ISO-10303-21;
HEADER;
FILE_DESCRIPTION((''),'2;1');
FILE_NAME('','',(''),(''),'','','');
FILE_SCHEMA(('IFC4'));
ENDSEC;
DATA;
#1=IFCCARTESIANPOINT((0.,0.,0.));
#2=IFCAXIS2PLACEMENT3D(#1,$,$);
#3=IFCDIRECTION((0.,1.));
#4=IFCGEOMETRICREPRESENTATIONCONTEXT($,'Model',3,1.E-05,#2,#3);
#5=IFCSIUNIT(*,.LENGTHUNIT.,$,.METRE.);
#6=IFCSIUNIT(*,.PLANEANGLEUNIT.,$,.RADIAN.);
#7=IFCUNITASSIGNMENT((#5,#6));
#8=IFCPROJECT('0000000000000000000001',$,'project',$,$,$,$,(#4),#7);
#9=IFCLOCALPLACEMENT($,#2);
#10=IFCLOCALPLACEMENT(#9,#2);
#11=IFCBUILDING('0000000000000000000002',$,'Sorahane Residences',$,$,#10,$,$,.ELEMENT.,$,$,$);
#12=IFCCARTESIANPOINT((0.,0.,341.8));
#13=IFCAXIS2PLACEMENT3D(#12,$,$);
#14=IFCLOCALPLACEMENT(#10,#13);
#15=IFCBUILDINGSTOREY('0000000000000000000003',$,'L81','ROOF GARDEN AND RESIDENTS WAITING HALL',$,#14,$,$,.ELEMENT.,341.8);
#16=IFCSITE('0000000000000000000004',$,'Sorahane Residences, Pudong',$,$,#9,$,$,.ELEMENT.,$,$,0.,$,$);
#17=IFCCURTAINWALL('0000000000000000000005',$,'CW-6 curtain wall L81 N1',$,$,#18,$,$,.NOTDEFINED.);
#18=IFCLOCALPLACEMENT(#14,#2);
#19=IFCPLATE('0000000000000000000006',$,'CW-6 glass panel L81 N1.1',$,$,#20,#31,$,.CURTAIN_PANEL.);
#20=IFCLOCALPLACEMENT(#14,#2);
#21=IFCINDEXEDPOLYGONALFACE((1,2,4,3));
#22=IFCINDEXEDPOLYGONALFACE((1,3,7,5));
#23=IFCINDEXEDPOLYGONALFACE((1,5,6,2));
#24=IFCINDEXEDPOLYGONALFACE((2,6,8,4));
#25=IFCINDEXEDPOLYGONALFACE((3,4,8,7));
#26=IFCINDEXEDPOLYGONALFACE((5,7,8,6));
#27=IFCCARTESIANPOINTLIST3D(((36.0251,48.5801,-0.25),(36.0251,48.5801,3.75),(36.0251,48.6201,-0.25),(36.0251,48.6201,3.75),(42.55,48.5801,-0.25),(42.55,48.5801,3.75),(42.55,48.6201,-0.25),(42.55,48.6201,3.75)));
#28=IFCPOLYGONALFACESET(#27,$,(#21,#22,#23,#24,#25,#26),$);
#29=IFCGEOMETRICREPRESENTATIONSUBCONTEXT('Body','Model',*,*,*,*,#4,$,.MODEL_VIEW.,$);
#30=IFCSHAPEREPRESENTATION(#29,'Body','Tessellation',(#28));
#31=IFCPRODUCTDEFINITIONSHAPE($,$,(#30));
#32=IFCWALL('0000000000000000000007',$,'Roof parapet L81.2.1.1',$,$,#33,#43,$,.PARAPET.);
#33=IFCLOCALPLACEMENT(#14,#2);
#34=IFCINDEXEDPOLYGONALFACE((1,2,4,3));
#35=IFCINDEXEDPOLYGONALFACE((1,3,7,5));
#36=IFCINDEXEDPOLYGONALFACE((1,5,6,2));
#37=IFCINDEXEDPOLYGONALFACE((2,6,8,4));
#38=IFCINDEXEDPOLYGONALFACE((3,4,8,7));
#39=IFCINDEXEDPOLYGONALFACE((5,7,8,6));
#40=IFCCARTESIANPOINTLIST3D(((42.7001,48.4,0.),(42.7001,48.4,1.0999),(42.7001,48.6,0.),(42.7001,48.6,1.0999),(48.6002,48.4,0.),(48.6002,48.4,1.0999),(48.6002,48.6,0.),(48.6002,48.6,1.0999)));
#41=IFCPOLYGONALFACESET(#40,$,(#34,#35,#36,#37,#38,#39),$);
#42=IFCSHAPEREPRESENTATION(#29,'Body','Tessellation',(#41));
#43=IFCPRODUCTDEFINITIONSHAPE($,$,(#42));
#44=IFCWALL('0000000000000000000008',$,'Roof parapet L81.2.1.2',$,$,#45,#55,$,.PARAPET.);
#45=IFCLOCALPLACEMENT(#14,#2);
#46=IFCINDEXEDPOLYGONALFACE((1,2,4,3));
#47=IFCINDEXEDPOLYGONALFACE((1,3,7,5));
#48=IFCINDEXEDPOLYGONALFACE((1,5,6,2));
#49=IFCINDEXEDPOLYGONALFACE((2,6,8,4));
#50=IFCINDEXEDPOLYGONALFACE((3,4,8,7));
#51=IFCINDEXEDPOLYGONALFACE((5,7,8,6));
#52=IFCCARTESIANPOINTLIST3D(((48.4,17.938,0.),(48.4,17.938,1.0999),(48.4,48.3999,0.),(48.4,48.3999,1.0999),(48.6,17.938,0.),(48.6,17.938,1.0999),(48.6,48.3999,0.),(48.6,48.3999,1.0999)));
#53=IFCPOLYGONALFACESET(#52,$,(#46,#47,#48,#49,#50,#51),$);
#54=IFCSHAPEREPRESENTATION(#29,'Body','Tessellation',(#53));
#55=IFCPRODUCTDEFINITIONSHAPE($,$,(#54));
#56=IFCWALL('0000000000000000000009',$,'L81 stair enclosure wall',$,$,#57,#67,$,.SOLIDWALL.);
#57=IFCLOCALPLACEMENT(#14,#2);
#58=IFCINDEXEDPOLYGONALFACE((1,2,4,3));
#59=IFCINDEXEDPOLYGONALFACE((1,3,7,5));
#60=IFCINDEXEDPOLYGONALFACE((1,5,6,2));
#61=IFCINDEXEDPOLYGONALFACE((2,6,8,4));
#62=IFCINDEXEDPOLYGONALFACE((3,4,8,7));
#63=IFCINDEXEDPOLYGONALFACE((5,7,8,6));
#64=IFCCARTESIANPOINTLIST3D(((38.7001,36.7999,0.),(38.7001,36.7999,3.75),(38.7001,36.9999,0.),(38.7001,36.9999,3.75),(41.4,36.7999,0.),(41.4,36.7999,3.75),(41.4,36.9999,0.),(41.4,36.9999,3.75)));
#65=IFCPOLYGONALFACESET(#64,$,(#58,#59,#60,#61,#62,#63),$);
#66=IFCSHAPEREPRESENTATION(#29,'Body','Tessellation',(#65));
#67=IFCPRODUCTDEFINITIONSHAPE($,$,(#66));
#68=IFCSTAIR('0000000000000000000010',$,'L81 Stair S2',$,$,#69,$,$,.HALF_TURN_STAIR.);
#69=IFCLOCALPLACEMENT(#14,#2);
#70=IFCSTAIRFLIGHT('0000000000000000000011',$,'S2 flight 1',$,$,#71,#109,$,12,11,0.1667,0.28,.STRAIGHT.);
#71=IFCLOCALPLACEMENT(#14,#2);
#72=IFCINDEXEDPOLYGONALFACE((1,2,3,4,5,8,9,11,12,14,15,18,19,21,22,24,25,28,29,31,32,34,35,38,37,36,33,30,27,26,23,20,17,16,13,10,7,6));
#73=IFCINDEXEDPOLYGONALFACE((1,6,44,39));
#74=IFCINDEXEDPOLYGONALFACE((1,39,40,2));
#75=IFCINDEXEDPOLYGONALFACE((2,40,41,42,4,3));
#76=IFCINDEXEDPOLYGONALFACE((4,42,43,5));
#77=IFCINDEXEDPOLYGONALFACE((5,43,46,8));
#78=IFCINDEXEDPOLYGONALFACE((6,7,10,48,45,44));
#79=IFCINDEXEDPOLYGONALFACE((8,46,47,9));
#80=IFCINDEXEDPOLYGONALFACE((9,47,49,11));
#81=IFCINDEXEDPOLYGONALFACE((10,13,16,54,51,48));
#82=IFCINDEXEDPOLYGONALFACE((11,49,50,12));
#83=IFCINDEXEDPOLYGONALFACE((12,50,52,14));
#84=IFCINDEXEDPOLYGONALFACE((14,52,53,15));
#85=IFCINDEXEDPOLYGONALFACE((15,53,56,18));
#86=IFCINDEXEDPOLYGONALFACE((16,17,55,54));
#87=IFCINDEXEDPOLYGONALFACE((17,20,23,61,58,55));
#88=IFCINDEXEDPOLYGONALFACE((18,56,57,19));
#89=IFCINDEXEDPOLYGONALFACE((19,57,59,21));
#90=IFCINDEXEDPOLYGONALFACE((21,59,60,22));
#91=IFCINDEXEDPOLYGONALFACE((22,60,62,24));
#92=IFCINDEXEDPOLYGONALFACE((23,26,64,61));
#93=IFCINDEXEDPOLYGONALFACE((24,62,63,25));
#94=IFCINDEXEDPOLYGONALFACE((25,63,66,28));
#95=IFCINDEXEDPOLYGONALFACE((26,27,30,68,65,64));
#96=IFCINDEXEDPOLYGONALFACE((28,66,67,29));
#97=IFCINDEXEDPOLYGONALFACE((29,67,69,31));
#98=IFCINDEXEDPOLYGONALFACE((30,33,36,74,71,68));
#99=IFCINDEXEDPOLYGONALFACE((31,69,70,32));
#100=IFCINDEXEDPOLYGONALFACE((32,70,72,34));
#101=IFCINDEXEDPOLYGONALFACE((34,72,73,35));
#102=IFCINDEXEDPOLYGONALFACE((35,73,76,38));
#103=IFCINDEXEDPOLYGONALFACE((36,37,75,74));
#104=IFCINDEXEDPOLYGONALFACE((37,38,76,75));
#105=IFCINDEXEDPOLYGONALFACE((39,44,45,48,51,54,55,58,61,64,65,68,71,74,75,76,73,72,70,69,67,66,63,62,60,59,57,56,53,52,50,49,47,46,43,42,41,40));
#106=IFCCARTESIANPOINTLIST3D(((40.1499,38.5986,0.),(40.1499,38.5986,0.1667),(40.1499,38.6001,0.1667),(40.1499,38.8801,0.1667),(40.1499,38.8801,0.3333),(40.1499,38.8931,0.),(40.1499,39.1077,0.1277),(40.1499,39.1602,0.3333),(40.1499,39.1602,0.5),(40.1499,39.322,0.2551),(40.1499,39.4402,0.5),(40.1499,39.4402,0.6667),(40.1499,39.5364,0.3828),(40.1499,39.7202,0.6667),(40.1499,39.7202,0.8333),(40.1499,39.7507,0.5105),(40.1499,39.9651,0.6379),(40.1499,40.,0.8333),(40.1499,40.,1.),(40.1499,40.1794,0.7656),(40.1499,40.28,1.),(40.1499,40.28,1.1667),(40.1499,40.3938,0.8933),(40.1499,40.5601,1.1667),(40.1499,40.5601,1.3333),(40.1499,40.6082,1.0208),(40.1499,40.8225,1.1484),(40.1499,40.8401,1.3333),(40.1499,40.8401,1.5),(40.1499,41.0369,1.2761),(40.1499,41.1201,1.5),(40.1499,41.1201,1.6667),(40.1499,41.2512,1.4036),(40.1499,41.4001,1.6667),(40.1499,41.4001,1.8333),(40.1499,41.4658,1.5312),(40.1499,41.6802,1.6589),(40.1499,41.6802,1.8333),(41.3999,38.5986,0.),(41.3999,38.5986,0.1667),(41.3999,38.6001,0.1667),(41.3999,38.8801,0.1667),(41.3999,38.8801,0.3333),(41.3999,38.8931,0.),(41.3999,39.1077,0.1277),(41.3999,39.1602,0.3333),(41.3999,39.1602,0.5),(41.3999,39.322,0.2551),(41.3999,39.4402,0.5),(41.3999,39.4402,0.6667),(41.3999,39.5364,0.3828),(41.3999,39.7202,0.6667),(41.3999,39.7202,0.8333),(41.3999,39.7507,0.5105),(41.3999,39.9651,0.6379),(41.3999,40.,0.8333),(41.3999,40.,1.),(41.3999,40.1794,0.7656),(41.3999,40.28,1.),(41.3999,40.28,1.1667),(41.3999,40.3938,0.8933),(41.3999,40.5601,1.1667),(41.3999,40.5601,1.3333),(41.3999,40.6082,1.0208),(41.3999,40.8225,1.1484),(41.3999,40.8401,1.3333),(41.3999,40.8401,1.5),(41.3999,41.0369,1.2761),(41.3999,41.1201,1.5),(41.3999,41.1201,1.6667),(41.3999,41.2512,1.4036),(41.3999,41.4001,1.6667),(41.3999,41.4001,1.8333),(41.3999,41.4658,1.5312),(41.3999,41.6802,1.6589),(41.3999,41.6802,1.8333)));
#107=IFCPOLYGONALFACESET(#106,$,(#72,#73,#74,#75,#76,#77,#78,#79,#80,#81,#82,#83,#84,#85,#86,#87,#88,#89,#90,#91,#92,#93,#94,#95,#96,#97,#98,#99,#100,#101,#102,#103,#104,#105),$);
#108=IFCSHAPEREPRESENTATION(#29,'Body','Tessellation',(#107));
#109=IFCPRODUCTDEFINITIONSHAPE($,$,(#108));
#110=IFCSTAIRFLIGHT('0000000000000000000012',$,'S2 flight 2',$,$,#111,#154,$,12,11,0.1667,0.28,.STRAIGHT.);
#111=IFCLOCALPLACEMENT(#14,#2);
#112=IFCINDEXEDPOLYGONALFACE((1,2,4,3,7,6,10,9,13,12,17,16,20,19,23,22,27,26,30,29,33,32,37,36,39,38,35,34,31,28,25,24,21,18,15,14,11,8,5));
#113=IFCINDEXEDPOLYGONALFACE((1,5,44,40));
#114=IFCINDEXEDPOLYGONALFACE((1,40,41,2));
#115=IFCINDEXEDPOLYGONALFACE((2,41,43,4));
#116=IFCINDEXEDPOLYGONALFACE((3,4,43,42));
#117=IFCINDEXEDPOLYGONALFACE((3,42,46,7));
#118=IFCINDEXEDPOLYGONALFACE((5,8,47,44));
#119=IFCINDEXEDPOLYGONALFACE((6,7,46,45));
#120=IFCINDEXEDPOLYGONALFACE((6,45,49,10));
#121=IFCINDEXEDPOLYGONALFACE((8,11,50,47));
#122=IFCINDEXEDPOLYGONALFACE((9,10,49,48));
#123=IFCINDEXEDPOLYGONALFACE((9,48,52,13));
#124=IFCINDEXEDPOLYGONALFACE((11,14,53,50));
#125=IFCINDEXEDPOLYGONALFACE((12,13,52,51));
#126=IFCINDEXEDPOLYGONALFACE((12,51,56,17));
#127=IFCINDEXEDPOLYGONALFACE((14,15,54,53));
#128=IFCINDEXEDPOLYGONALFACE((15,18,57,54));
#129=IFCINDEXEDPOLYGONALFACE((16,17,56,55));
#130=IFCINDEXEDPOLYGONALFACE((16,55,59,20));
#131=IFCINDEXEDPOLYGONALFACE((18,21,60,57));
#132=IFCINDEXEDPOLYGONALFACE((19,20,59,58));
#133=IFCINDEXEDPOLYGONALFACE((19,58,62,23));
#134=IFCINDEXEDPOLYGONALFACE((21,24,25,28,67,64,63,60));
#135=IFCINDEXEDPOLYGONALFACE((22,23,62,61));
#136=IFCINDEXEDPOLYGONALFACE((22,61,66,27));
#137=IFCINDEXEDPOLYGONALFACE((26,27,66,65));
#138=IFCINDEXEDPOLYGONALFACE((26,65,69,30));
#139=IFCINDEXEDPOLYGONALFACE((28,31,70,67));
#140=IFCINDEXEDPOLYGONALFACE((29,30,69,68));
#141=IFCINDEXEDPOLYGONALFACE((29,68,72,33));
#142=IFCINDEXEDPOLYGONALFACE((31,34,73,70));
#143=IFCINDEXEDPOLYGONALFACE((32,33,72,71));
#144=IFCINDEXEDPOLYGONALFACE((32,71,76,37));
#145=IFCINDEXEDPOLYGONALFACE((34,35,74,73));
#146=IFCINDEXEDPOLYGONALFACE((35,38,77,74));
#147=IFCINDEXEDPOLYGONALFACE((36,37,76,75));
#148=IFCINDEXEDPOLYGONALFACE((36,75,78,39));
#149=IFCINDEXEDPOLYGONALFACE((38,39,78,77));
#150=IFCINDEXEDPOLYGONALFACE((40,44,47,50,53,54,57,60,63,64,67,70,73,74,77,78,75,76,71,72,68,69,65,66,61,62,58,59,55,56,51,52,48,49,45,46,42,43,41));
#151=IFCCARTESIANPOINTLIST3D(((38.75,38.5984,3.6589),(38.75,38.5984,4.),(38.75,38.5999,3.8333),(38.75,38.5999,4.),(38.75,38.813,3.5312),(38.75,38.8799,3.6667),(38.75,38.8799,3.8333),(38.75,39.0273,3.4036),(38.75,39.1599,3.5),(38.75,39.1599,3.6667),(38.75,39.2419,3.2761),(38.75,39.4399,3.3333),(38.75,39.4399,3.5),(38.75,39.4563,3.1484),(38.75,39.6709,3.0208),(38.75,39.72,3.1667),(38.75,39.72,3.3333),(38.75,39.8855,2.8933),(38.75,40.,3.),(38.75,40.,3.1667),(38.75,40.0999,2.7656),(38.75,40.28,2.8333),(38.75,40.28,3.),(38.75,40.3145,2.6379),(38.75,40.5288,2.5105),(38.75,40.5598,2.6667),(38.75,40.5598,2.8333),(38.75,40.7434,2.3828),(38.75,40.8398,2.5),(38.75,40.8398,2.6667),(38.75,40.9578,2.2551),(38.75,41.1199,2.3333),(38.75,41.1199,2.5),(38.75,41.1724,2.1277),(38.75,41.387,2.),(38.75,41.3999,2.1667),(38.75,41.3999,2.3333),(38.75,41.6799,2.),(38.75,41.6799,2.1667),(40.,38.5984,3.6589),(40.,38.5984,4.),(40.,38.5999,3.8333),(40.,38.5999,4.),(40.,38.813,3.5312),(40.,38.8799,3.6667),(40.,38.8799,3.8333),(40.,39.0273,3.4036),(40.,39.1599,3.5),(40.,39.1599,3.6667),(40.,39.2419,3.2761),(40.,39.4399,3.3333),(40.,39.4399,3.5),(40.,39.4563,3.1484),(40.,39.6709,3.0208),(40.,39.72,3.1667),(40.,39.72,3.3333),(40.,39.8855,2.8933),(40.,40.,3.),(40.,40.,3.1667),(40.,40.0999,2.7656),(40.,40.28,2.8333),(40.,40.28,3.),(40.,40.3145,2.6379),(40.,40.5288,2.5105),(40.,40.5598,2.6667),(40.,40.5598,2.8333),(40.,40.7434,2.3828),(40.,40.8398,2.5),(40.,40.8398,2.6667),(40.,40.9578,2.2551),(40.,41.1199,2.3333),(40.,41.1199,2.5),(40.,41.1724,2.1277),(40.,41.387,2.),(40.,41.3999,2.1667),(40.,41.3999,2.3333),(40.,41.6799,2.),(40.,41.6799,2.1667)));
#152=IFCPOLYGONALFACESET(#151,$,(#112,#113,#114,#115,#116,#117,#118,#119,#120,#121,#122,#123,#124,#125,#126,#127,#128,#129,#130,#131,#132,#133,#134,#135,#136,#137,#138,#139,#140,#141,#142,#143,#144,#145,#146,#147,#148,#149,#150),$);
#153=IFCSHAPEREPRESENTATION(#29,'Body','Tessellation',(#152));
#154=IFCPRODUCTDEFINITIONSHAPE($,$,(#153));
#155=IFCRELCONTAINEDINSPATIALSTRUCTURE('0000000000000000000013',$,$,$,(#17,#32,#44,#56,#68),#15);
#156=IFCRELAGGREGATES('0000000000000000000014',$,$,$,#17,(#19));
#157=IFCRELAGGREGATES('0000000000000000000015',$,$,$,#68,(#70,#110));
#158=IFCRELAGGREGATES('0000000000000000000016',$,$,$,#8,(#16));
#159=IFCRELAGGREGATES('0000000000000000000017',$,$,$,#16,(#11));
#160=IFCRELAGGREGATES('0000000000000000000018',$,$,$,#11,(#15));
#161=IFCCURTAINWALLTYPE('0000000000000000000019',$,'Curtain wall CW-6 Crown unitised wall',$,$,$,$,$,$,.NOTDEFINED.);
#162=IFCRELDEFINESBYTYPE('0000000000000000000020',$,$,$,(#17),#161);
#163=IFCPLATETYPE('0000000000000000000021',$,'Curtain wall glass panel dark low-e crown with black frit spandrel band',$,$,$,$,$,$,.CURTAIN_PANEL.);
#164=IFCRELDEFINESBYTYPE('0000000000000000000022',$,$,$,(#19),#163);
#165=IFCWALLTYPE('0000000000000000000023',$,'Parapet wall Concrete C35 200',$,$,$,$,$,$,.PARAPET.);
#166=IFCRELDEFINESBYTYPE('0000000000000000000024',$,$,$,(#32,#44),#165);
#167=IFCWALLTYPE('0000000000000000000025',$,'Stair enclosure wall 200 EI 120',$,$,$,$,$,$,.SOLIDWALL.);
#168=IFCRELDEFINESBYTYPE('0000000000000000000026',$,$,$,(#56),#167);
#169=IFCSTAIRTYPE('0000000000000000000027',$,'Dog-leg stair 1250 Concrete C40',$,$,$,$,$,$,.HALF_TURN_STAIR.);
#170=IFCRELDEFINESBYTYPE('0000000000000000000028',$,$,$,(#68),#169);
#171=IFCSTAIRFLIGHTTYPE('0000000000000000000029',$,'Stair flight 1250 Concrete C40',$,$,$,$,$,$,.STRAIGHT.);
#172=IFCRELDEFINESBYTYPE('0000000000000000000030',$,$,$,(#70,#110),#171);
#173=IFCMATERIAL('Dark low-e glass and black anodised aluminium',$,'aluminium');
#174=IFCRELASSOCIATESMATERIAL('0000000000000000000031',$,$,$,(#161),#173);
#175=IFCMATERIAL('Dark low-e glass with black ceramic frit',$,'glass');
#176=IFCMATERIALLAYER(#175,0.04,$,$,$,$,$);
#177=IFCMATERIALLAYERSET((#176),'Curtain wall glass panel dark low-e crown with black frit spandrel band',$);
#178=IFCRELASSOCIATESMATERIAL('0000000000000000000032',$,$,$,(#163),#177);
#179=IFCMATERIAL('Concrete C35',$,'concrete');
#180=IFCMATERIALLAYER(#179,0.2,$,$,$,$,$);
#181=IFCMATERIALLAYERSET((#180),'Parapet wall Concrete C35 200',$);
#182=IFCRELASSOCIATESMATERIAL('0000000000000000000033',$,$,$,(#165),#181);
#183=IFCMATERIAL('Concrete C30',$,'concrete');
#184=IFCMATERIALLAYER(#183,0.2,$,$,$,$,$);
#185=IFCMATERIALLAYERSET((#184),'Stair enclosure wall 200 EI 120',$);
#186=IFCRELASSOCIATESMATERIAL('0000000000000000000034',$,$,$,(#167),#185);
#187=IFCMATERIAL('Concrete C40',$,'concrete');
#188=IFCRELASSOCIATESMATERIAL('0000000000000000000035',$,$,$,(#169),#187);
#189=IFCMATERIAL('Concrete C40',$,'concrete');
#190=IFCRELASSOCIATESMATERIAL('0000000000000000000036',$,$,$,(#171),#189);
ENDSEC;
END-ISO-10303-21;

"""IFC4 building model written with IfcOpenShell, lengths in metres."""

from ifc_helpers import new_model, si_unit, direction, frame, frame_2d, origin, origin_2d, place, context, subcontext, project, spatial, polyline, rectangle, outline, extrude, material, layer, layer_set, type_object, element, aggregate, save


model = new_model("IFC4")

# Units and contexts
model_context = context("Model", 3, precision=1e-05, world=origin(), true_north=direction((0.0, 1.0)))
body_context = subcontext(model_context, "Body", "Model", "MODEL_VIEW")
ifc_project = project(units=[si_unit("LENGTHUNIT", "METRE"), si_unit("PLANEANGLEUNIT", "RADIAN")], contexts=[model_context])

# Site, building, storey
site_placement = place(None, origin())
site = spatial("IfcSite", under=ifc_project, at=site_placement, Name="Sorahane Residences, Pudong", CompositionType="ELEMENT", RefElevation=0.0)
building_placement = place(site_placement, origin())
building = spatial("IfcBuilding", under=site, at=building_placement, Name="Sorahane Residences", CompositionType="ELEMENT")
storey_placement = place(building_placement, frame((0.0, 0.0, 341.8)))
storey = spatial("IfcBuildingStorey", under=building, at=storey_placement, Name="L81", Description="ROOF GARDEN AND RESIDENTS WAITING HALL", CompositionType="ELEMENT", Elevation=341.8)

# Curtain wall
ifc_material_1 = material(Name="Dark low-e glass and black anodised aluminium", Category="aluminium")
curtain_wall_type = type_object("IfcCurtainWallType", Name="Curtain wall CW-6 Crown unitised wall", PredefinedType="NOTDEFINED", material=ifc_material_1)
curtain_wall_1_placement = place(storey_placement, origin())
curtain_wall_1 = element("IfcCurtainWall", 1, at=curtain_wall_1_placement, inside=storey, type_object=curtain_wall_type, Name="CW-6 curtain wall L81 N1", PredefinedType="NOTDEFINED")

# Plate
ifc_material_2 = material(Name="Dark low-e glass with black ceramic frit", Category="glass")
ifc_layer_1 = layer(ifc_material_2, 0.04)
ifc_layer_set_1 = layer_set([ifc_layer_1], Name="Curtain wall glass panel dark low-e crown with black frit spandrel band")
plate_type = type_object("IfcPlateType", Name="Curtain wall glass panel dark low-e crown with black frit spandrel band", PredefinedType="CURTAIN_PANEL", material=ifc_layer_set_1)
plate_1_placement = place(storey_placement, frame((39.2876, 48.6001, -0.25), z_axis=(0.0, 0.0, 1.0), x_axis=(-1.0, 0.0, 0.0)))
plate_1 = element("IfcPlate", 2, at=plate_1_placement, type_object=plate_type, Name="CW-6 glass panel L81 N1.1", PredefinedType="CURTAIN_PANEL", context=body_context, shape_type="SweptSolid", body=[
    extrude(rectangle(XDim=6.5249, YDim=0.04, at=origin_2d()), origin(), (0.0, 0.0, 1.0), 4.0),
])
aggregate(curtain_wall_1, [plate_1])

# Walls
ifc_material_3 = material(Name="Concrete C35", Category="concrete")
ifc_layer_2 = layer(ifc_material_3, 0.2)
ifc_layer_set_2 = layer_set([ifc_layer_2], Name="Parapet wall Concrete C35 200")
wall_type_1 = type_object("IfcWallType", Name="Parapet wall Concrete C35 200", PredefinedType="PARAPET", material=ifc_layer_set_2)
wall_1_placement = place(storey_placement, frame((42.7, 48.5, 0.0), z_axis=(0.0, 0.0, 1.0), x_axis=(1.0, 0.0, 0.0)))
element("IfcWall", 3, at=wall_1_placement, inside=storey, type_object=wall_type_1, Name="Roof parapet L81.2.1.1", PredefinedType="PARAPET", context=body_context, shape_type="SweptSolid", body=[
    extrude(rectangle(XDim=5.9001, YDim=0.2, at=frame_2d((2.9502, 0.0))), origin(), (0.0, 0.0, 1.0), 1.0999),
])
wall_2_placement = place(storey_placement, frame((48.5, 48.3999, 0.0), z_axis=(0.0, 0.0, 1.0), x_axis=(0.0, -1.0, 0.0)))
element("IfcWall", 4, at=wall_2_placement, inside=storey, type_object=wall_type_1, Name="Roof parapet L81.2.1.2", PredefinedType="PARAPET", context=body_context, shape_type="SweptSolid", body=[
    extrude(rectangle(XDim=30.4619, YDim=0.2, at=frame_2d((15.231, 0.0))), origin(), (0.0, 0.0, 1.0), 1.0999),
])
ifc_material_4 = material(Name="Concrete C30", Category="concrete")
ifc_layer_3 = layer(ifc_material_4, 0.2)
ifc_layer_set_3 = layer_set([ifc_layer_3], Name="Stair enclosure wall 200 EI 120")
wall_type_2 = type_object("IfcWallType", Name="Stair enclosure wall 200 EI 120", PredefinedType="SOLIDWALL", material=ifc_layer_set_3)
wall_3_placement = place(storey_placement, frame((38.7, 36.8999, 0.0), z_axis=(0.0, 0.0, 1.0), x_axis=(1.0, 0.0, 0.0)))
element("IfcWall", 5, at=wall_3_placement, inside=storey, type_object=wall_type_2, Name="L81 stair enclosure wall", PredefinedType="SOLIDWALL", context=body_context, shape_type="SweptSolid", body=[
    extrude(rectangle(XDim=2.7, YDim=0.2, at=frame_2d((1.3501, 0.0))), origin(), (0.0, 0.0, 1.0), 3.75),
])

# Stair, stair flights
ifc_material_5 = material(Name="Concrete C40", Category="concrete")
stair_type = type_object("IfcStairType", Name="Dog-leg stair 1250 Concrete C40", PredefinedType="HALF_TURN_STAIR", material=ifc_material_5)
stair_placement = place(storey_placement, origin())
stair = element("IfcStair", 6, at=stair_placement, inside=storey, type_object=stair_type, Name="L81 Stair S2", PredefinedType="HALF_TURN_STAIR")
ifc_material_6 = material(Name="Concrete C40", Category="concrete")
stair_flight_type = type_object("IfcStairFlightType", Name="Stair flight 1250 Concrete C40", PredefinedType="STRAIGHT", material=ifc_material_6)
stair_flight_1_placement = place(storey_placement, frame((40.7749, 38.6001, 0.0), z_axis=(0.0, 0.0, 1.0), x_axis=(0.0, 1.0, 0.0)))
stair_flight_1 = element("IfcStairFlight", 7, at=stair_flight_1_placement, type_object=stair_flight_type, Name="S2 flight 1", NumberOfRisers=12, NumberOfTreads=11, PredefinedType="STRAIGHT", RiserHeight=0.1667, TreadLength=0.28, context=body_context, shape_type="SweptSolid", body=[
    extrude(outline(polyline([(-0.0015, 0.0), (-0.0015, 0.1667), (0.0, 0.1667), (0.28, 0.1667), (0.28, 0.3333), (0.5601, 0.3333), (0.5601, 0.5), (0.8401, 0.5), (0.8401, 0.6667), (1.1201, 0.6667), (1.1201, 0.8333), (1.3999, 0.8333), (1.3999, 1.0), (1.6799, 1.0), (1.6799, 1.1667), (1.96, 1.1667), (1.96, 1.3333), (2.24, 1.3333), (2.24, 1.5), (2.52, 1.5), (2.52, 1.6667), (2.8, 1.6667), (2.8, 1.8333), (3.0801, 1.8333), (3.0801, 2.0), (3.0801, 1.6589), (2.8657, 1.5312), (2.6511, 1.4036), (2.4368, 1.2761), (2.2224, 1.1484), (2.0081, 1.0208), (1.7937, 0.8933), (1.5793, 0.7656), (1.365, 0.6379), (1.1506, 0.5105), (0.9363, 0.3828), (0.7219, 0.2551), (0.5076, 0.1277), (0.293, 0.0), (-0.0015, 0.0)])), frame((0.0, 0.625, 0.0), z_axis=(0.0, -1.0, 0.0), x_axis=(1.0, 0.0, 0.0)), (0.0, 0.0, 1.0), 1.25),
])
stair_flight_2_placement = place(storey_placement, frame((39.375, 41.6799, 2.0), z_axis=(0.0, 0.0, 1.0), x_axis=(0.0, -1.0, 0.0)))
stair_flight_2 = element("IfcStairFlight", 8, at=stair_flight_2_placement, type_object=stair_flight_type, Name="S2 flight 2", NumberOfRisers=12, NumberOfTreads=11, PredefinedType="STRAIGHT", RiserHeight=0.1667, TreadLength=0.28, context=body_context, shape_type="SweptSolid", body=[
    extrude(outline(polyline([(0.0, 0.0), (0.0, 0.1667), (0.28, 0.1667), (0.28, 0.3333), (0.5601, 0.3333), (0.5601, 0.5), (0.8401, 0.5), (0.8401, 0.6667), (1.1201, 0.6667), (1.1201, 0.8333), (1.3999, 0.8333), (1.3999, 1.0), (1.6799, 1.0), (1.6799, 1.1667), (1.96, 1.1667), (1.96, 1.3333), (2.24, 1.3333), (2.24, 1.5), (2.52, 1.5), (2.52, 1.6667), (2.8, 1.6667), (2.8, 1.8333), (3.0801, 1.8333), (3.0801, 2.0), (3.0815, 2.0), (3.0815, 1.6589), (2.8669, 1.5312), (2.6526, 1.4036), (2.438, 1.2761), (2.2236, 1.1484), (2.009, 1.0208), (1.7944, 0.8933), (1.5801, 0.7656), (1.3655, 0.6379), (1.1511, 0.5105), (0.9365, 0.3828), (0.7222, 0.2551), (0.5076, 0.1277), (0.293, 0.0), (0.0, 0.0)])), frame((0.0, 0.625, 0.0), z_axis=(0.0, -1.0, 0.0), x_axis=(1.0, 0.0, 0.0)), (0.0, 0.0, 1.0), 1.25),
])
aggregate(stair, [stair_flight_1, stair_flight_2])

save(model, "model.ifc")
